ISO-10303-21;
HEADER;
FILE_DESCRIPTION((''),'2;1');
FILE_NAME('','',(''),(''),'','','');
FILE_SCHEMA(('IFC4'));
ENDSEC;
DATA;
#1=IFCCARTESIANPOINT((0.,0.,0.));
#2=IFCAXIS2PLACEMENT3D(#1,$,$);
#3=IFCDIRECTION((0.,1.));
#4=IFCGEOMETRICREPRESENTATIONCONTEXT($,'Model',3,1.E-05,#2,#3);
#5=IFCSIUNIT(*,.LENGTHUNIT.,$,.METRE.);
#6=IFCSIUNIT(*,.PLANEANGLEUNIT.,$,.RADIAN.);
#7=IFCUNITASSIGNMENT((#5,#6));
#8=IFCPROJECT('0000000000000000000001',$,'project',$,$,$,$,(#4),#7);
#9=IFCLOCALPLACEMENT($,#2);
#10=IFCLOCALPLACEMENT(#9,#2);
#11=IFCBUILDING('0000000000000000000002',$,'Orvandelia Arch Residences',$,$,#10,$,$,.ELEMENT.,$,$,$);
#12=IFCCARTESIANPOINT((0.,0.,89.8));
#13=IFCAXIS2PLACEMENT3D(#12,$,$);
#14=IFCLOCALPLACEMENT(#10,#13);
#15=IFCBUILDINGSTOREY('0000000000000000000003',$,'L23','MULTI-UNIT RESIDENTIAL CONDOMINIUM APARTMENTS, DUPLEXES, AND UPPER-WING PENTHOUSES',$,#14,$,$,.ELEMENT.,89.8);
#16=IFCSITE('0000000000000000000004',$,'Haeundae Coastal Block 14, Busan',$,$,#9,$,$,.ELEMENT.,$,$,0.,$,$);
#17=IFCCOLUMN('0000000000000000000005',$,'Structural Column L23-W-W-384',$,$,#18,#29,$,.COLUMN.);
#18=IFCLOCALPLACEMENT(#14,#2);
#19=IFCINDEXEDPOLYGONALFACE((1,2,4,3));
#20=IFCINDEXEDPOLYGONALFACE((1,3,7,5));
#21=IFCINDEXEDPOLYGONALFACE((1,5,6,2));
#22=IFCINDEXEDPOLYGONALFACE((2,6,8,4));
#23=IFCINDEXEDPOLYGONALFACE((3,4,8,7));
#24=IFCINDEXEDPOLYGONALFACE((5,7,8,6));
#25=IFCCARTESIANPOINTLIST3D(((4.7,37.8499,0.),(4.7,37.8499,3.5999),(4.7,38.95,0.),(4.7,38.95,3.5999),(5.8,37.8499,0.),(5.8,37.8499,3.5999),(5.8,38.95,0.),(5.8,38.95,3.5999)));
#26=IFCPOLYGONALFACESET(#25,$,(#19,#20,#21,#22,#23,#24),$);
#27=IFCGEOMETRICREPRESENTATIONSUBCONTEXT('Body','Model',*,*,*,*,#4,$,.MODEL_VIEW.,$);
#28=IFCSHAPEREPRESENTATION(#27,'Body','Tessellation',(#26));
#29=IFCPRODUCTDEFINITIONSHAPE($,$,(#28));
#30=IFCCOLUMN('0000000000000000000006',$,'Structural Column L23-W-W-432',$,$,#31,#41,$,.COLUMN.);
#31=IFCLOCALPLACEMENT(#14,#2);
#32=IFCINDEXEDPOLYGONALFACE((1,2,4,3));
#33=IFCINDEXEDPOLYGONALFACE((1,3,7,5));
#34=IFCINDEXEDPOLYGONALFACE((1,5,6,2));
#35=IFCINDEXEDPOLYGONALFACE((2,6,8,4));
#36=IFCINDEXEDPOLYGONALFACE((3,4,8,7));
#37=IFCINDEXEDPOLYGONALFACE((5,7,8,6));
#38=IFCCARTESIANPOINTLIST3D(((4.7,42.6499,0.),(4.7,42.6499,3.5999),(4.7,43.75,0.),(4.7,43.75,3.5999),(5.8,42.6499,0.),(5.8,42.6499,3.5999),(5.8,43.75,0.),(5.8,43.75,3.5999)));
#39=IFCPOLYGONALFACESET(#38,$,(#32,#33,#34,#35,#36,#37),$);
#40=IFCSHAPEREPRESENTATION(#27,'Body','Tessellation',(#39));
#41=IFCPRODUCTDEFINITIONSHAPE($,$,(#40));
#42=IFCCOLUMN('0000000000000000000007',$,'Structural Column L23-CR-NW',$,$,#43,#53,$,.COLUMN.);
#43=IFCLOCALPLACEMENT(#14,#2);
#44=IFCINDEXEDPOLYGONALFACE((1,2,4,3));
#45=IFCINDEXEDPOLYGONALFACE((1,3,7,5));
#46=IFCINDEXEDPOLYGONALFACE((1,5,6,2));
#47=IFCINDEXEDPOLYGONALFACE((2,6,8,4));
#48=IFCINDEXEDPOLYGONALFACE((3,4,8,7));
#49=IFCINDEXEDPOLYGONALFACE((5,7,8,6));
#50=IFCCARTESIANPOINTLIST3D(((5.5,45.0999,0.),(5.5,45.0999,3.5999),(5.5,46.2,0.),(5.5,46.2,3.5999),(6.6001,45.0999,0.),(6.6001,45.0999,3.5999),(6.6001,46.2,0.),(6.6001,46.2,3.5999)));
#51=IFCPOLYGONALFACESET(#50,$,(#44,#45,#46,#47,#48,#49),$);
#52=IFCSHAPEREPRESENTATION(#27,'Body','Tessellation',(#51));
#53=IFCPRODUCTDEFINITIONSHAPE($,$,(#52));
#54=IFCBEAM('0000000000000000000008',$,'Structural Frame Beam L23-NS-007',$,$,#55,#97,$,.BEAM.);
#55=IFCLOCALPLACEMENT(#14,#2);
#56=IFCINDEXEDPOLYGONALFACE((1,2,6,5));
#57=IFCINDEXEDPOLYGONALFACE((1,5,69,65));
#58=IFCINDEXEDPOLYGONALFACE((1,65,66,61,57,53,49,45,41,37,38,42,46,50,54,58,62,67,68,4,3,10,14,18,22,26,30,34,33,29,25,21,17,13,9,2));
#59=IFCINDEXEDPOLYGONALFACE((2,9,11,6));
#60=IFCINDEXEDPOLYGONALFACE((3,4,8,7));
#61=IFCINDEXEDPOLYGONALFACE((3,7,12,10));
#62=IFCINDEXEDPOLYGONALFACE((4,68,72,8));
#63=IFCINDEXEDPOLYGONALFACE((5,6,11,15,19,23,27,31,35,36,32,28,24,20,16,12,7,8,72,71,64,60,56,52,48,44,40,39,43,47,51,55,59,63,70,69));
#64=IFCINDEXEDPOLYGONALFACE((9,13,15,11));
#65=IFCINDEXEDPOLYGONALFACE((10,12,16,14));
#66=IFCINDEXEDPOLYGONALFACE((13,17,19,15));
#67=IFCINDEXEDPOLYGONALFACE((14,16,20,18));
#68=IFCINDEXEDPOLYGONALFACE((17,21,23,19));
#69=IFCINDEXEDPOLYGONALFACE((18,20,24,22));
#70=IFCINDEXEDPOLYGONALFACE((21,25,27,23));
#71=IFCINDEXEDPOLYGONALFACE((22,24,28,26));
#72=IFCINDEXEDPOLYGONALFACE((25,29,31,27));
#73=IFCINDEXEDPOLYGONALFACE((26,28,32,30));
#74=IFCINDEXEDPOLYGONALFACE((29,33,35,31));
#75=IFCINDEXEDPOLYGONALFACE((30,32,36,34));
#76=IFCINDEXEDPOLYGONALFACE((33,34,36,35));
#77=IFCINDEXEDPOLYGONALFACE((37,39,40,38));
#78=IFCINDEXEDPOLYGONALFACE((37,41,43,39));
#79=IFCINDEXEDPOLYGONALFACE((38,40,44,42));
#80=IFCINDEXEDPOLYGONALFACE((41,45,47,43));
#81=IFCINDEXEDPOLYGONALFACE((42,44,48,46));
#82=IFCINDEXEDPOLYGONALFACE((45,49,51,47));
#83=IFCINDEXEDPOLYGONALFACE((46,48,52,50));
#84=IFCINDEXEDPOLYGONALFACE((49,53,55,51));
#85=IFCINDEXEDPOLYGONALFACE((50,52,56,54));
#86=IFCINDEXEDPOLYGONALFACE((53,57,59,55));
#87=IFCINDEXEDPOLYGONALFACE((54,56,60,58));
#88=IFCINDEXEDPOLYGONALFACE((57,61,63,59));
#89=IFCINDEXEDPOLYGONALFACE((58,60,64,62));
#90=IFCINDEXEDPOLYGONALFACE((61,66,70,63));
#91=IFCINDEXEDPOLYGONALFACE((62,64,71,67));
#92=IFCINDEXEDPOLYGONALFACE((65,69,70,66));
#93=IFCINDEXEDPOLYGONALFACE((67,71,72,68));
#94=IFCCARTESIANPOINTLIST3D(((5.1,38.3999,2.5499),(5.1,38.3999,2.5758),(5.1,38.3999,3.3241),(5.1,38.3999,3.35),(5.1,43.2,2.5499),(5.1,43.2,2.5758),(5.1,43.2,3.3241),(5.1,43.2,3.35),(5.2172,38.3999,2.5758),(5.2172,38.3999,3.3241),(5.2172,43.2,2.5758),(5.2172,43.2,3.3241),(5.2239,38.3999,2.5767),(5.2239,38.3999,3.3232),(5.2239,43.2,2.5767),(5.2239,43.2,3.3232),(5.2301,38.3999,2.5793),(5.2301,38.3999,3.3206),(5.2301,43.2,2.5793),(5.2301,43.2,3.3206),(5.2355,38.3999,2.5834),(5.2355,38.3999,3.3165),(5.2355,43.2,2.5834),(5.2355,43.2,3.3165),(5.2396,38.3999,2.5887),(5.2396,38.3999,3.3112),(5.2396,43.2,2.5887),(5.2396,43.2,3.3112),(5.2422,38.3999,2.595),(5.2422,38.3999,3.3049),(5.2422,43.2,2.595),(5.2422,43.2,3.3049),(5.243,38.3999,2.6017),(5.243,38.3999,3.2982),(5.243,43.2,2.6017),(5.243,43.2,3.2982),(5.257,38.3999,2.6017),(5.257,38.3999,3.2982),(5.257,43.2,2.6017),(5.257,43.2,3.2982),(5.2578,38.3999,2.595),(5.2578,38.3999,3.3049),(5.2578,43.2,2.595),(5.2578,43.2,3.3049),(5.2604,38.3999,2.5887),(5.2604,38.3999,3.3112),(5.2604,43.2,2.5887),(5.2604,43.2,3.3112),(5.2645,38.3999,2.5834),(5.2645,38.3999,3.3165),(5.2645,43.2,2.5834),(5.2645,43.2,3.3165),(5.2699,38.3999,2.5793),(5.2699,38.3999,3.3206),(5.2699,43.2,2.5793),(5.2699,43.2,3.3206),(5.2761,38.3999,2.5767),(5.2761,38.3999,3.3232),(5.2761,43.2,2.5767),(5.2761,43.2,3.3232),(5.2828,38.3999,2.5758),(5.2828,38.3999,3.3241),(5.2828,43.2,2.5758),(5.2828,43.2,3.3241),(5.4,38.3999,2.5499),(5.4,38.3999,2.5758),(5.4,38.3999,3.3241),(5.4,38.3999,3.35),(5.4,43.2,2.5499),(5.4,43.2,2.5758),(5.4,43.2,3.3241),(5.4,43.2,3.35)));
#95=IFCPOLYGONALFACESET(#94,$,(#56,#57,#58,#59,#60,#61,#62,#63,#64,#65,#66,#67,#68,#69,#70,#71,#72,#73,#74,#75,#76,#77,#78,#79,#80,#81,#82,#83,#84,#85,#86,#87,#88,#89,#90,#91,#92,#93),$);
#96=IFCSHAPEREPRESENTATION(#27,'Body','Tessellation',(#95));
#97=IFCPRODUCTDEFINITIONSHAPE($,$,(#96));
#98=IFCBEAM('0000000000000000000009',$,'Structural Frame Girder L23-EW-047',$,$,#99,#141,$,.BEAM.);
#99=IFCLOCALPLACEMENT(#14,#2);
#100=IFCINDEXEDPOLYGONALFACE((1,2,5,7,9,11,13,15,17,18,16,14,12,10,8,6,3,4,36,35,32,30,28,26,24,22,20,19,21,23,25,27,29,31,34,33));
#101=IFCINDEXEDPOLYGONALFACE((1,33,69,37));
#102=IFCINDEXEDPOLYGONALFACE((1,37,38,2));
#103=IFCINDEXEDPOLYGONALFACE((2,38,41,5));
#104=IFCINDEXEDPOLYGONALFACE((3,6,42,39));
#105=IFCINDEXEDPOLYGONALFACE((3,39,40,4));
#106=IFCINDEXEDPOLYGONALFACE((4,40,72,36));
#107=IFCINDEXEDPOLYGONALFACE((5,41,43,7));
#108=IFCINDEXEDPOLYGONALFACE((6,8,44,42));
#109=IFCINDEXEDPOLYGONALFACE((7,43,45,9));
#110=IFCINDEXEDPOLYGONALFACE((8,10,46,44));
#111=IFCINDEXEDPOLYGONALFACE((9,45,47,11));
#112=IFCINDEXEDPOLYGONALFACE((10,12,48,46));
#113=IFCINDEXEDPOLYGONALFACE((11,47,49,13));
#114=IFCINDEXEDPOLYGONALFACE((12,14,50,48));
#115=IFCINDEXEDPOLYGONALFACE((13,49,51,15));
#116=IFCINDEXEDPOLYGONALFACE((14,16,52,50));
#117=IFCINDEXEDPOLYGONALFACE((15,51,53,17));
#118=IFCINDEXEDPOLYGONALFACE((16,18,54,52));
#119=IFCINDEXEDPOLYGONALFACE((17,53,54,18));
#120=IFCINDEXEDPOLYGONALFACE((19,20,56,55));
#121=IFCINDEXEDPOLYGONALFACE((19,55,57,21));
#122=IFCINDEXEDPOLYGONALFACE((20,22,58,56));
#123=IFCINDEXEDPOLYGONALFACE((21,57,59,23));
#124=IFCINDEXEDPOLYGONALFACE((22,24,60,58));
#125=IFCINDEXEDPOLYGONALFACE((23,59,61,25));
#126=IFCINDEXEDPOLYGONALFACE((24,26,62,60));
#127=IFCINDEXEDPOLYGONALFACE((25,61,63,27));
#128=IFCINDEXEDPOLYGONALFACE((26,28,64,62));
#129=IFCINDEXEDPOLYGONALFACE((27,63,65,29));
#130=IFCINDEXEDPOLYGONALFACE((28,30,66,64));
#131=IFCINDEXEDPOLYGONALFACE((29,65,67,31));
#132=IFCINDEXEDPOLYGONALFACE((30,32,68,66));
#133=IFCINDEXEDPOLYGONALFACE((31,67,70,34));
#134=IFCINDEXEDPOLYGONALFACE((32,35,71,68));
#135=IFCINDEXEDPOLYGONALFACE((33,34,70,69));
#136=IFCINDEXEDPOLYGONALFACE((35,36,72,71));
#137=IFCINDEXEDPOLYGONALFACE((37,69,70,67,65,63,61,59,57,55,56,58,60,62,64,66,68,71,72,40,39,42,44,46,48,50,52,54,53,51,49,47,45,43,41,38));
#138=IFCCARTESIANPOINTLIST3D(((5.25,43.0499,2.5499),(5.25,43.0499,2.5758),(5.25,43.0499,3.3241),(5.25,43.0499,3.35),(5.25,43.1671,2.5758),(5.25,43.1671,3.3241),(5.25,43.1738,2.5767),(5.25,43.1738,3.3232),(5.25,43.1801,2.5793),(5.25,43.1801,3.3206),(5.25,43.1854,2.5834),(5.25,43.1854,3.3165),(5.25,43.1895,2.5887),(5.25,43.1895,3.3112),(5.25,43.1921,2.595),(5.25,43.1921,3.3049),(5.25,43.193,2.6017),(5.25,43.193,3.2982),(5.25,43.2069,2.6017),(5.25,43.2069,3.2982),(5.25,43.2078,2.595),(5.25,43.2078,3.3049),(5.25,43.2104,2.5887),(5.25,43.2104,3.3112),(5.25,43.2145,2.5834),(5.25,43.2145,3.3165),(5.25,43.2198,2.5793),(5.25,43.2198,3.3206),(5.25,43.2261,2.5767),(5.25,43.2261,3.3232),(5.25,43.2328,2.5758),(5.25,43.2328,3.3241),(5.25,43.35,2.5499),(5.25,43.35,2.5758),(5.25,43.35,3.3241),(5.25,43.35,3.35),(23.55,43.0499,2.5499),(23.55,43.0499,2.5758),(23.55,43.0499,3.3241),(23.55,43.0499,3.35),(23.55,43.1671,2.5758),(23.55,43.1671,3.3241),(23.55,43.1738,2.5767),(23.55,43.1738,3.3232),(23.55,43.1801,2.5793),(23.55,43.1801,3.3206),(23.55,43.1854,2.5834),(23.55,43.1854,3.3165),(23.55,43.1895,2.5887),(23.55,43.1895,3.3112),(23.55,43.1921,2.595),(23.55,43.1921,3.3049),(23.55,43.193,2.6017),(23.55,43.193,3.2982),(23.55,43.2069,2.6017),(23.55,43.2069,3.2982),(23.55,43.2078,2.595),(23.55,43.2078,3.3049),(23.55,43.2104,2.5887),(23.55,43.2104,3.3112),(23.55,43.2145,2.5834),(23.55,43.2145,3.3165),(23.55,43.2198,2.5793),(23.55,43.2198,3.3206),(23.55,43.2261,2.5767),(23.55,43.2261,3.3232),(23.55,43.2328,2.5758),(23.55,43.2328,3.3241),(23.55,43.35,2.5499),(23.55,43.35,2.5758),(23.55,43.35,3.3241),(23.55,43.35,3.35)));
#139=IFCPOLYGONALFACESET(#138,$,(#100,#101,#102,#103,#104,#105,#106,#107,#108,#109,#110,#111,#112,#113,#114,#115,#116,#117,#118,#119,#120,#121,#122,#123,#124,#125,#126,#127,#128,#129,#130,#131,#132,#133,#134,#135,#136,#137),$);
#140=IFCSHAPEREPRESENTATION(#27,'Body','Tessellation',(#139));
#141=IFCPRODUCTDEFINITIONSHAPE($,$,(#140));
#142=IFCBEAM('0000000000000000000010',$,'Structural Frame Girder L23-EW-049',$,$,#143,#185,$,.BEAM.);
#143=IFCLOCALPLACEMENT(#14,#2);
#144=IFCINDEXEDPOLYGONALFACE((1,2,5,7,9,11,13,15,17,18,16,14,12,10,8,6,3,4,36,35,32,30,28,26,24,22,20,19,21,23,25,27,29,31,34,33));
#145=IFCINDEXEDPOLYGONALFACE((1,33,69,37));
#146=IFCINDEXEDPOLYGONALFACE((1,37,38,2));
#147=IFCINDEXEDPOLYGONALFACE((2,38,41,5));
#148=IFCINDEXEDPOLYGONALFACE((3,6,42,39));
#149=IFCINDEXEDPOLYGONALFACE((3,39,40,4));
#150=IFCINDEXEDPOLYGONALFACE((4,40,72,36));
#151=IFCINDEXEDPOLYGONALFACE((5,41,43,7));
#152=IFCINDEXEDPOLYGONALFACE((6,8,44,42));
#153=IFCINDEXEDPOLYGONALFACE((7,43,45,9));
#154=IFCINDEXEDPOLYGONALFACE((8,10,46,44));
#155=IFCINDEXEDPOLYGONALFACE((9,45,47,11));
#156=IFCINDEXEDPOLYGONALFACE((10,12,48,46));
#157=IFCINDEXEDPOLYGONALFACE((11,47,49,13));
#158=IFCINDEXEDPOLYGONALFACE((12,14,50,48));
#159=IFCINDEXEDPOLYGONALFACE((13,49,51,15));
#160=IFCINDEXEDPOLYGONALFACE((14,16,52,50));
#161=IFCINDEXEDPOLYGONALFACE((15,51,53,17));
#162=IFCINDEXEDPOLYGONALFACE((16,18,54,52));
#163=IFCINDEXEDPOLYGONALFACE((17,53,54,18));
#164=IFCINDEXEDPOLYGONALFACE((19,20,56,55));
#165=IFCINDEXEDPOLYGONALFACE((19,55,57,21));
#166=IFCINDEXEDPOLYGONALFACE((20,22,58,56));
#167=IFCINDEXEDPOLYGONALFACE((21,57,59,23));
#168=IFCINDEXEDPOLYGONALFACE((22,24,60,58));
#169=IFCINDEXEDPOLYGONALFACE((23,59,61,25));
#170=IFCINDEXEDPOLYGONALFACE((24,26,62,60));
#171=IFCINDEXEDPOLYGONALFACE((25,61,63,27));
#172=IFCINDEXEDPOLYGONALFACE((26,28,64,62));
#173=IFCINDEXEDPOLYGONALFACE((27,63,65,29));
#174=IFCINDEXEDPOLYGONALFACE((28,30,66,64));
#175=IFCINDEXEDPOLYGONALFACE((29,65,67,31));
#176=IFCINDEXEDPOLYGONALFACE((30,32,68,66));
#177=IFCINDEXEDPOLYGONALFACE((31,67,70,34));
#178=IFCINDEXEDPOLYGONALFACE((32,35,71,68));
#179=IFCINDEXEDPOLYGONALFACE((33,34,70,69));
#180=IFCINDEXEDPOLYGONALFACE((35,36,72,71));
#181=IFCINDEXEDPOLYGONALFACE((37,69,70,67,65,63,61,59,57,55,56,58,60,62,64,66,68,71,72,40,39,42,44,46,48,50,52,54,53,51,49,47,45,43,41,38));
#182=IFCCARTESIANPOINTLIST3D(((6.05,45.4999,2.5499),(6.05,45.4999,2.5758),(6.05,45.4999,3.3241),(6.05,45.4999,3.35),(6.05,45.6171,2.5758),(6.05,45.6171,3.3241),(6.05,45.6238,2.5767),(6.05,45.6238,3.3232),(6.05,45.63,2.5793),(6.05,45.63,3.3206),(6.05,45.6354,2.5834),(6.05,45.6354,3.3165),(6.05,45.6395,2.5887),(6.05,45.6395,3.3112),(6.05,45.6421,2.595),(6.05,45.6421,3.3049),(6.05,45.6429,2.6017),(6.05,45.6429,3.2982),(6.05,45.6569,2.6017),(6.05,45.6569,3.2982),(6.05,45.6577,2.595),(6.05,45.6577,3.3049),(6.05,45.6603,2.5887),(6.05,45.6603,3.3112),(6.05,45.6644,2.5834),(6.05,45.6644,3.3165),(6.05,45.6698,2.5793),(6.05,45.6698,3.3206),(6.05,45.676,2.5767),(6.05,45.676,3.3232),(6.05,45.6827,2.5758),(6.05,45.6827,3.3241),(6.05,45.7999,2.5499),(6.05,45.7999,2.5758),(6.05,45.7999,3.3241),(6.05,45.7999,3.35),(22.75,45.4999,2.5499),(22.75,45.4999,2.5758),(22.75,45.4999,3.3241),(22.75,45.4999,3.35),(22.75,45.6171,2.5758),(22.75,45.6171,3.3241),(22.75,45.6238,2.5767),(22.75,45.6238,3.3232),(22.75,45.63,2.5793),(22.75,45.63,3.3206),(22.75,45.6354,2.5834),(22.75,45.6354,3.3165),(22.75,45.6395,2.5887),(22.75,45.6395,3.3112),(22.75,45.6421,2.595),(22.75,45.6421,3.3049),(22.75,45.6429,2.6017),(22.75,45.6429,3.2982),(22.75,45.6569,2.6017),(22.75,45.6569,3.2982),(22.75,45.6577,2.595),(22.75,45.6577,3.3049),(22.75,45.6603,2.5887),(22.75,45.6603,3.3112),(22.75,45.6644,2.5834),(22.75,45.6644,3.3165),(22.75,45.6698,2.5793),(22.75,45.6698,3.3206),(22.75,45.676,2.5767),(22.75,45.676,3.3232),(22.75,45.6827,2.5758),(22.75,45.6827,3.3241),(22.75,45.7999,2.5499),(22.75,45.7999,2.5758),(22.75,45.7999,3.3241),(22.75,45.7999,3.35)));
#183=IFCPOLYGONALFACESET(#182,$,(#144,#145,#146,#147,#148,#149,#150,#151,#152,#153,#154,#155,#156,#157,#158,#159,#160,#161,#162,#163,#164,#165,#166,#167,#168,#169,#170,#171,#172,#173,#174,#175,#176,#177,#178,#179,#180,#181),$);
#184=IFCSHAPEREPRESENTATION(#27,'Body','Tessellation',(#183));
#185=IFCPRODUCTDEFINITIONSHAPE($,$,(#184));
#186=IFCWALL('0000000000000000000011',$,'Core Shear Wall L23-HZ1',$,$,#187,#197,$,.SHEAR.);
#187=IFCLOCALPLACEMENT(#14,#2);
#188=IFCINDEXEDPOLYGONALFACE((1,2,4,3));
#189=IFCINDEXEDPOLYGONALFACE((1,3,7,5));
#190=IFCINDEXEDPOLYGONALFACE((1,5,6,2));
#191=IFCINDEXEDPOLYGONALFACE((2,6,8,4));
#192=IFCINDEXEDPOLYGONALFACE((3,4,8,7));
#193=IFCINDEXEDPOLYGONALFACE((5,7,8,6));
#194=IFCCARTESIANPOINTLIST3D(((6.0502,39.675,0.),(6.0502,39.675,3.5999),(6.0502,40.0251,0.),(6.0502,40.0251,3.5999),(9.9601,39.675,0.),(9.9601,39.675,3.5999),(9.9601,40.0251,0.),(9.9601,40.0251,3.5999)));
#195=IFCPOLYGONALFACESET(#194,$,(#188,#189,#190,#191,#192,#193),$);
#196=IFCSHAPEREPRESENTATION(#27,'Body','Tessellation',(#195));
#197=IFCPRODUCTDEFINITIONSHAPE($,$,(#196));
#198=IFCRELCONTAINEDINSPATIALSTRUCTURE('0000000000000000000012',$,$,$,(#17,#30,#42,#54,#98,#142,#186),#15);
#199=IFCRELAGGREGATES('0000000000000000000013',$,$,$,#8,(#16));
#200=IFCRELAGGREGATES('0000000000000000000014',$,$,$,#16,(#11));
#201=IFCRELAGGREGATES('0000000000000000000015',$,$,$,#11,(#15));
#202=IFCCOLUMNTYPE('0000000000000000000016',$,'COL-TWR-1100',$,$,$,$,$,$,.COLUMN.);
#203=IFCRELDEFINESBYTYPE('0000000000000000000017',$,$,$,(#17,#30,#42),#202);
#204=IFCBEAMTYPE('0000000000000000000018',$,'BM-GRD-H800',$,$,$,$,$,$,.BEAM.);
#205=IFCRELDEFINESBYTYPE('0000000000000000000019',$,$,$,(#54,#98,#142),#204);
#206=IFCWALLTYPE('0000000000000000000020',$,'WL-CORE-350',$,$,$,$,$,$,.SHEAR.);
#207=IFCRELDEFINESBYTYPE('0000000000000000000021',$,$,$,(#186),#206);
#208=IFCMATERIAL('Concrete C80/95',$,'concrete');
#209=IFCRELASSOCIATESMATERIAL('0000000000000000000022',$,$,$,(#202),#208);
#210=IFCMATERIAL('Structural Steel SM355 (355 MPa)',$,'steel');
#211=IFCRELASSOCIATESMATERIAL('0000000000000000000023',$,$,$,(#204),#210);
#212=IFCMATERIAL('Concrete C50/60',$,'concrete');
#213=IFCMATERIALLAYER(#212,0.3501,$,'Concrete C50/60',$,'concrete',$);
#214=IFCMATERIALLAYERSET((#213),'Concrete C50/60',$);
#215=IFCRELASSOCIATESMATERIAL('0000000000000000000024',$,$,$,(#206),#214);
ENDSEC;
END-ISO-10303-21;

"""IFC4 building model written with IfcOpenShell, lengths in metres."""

from ifc_helpers import new_model, si_unit, direction, frame, frame_2d, origin, origin_2d, place, context, subcontext, project, spatial, rectangle, i_section, extrude, material, layer, layer_set, material_profile, profile_set, type_object, element, save


model = new_model("IFC4")

# Units and contexts
model_context = context("Model", 3, precision=1e-05, world=origin(), true_north=direction((0.0, 1.0)))
body_context = subcontext(model_context, "Body", "Model", "MODEL_VIEW")
ifc_project = project(units=[si_unit("LENGTHUNIT", "METRE"), si_unit("PLANEANGLEUNIT", "RADIAN")], contexts=[model_context])

# Site, building, storey
site_placement = place(None, origin())
site = spatial("IfcSite", under=ifc_project, at=site_placement, Name="Haeundae Coastal Block 14, Busan", CompositionType="ELEMENT", RefElevation=0.0)
building_placement = place(site_placement, origin())
building = spatial("IfcBuilding", under=site, at=building_placement, Name="Orvandelia Arch Residences", CompositionType="ELEMENT")
storey_placement = place(building_placement, frame((0.0, 0.0, 89.8)))
storey = spatial("IfcBuildingStorey", under=building, at=storey_placement, Name="L23", Description="MULTI-UNIT RESIDENTIAL CONDOMINIUM APARTMENTS, DUPLEXES, AND UPPER-WING PENTHOUSES", CompositionType="ELEMENT", Elevation=89.8)

# Columns
ifc_material_1 = material(Name="Concrete C80/95", Category="concrete")
ifc_material_profile_1 = material_profile(ifc_material_1, rectangle(XDim=1.1001, YDim=1.1001, at=origin_2d()), Name="Concrete C80/95", Category="concrete")
ifc_profile_set_1 = profile_set([ifc_material_profile_1], Name="Concrete C80/95")
column_type = type_object("IfcColumnType", Name="COL-TWR-1100", PredefinedType="COLUMN", material=ifc_profile_set_1)
for number, where, z_axis, x_axis, name in (
    (1, (5.25, 38.3999, 0.0), (0.0, 0.0, 1.0), (1.0, 0.0, 0.0), "Structural Column L23-W-W-384"),
    (2, (5.25, 43.2, 0.0), (0.0, 0.0, 1.0), (1.0, 0.0, 0.0), "Structural Column L23-W-W-432"),
    (3, (6.05, 45.6499, 0.0), (0.0, 0.0, 1.0), (1.0, 0.0, 0.0), "Structural Column L23-CR-NW"),
):
    element("IfcColumn", number, at=place(storey_placement, frame(where, z_axis=z_axis, x_axis=x_axis)), inside=storey, type_object=column_type, Name=name, PredefinedType="COLUMN", context=body_context, shape_type="SweptSolid", body=[
        extrude(rectangle(XDim=1.1001, YDim=1.1001, at=origin_2d()), origin(), (0.0, 0.0, 1.0), 3.5999),
    ])

# Beams
ifc_material_2 = material(Name="Structural Steel SM355 (355 MPa)", Category="steel")
ifc_material_profile_2 = material_profile(ifc_material_2, i_section(OverallWidth=0.3, OverallDepth=0.8, WebThickness=0.0139, FlangeThickness=0.0259, FilletRadius=0.0259, at=origin_2d()), Name="Structural Steel SM355 (355 MPa)", Category="steel")
ifc_profile_set_2 = profile_set([ifc_material_profile_2], Name="Structural Steel SM355 (355 MPa)")
beam_type = type_object("IfcBeamType", Name="BM-GRD-H800", PredefinedType="BEAM", material=ifc_profile_set_2)
beam_1_placement = place(storey_placement, frame((5.25, 38.3999, 2.95), z_axis=(0.0, 1.0, 0.0), x_axis=(-1.0, 0.0, 0.0)))
element("IfcBeam", 4, at=beam_1_placement, inside=storey, type_object=beam_type, Name="Structural Frame Beam L23-NS-007", PredefinedType="BEAM", context=body_context, shape_type="SweptSolid", body=[
    extrude(i_section(OverallWidth=0.3, OverallDepth=0.8, WebThickness=0.0139, FlangeThickness=0.0259, FilletRadius=0.0259, at=origin_2d()), origin(), (0.0, 0.0, 1.0), 4.8),
])
beam_2_placement = place(storey_placement, frame((5.25, 43.2, 2.95), z_axis=(1.0, 0.0, 0.0), x_axis=(0.0, 1.0, 0.0)))
element("IfcBeam", 5, at=beam_2_placement, inside=storey, type_object=beam_type, Name="Structural Frame Girder L23-EW-047", PredefinedType="BEAM", context=body_context, shape_type="SweptSolid", body=[
    extrude(i_section(OverallWidth=0.3, OverallDepth=0.8, WebThickness=0.0139, FlangeThickness=0.0259, FilletRadius=0.0259, at=origin_2d()), origin(), (0.0, 0.0, 1.0), 18.3),
])
beam_3_placement = place(storey_placement, frame((6.05, 45.6499, 2.95), z_axis=(1.0, 0.0, 0.0), x_axis=(0.0, 1.0, 0.0)))
element("IfcBeam", 6, at=beam_3_placement, inside=storey, type_object=beam_type, Name="Structural Frame Girder L23-EW-049", PredefinedType="BEAM", context=body_context, shape_type="SweptSolid", body=[
    extrude(i_section(OverallWidth=0.3, OverallDepth=0.8, WebThickness=0.0139, FlangeThickness=0.0259, FilletRadius=0.0259, at=origin_2d()), origin(), (0.0, 0.0, 1.0), 16.7),
])

# Wall
ifc_material_3 = material(Name="Concrete C50/60", Category="concrete")
ifc_layer_1 = layer(ifc_material_3, 0.3501, Name="Concrete C50/60", Category="concrete")
ifc_layer_set_1 = layer_set([ifc_layer_1], Name="Concrete C50/60")
wall_type_1 = type_object("IfcWallType", Name="WL-CORE-350", PredefinedType="SHEAR", material=ifc_layer_set_1)
wall_1_placement = place(storey_placement, frame((6.05, 39.8501, 0.0), z_axis=(0.0, 0.0, 1.0), x_axis=(1.0, 0.0, 0.0)))
element("IfcWall", 7, at=wall_1_placement, inside=storey, type_object=wall_type_1, Name="Core Shear Wall L23-HZ1", PredefinedType="SHEAR", context=body_context, shape_type="SweptSolid", body=[
    extrude(rectangle(XDim=3.9099, YDim=0.3501, at=frame_2d((1.9551, 0.0))), origin(), (0.0, 0.0, 1.0), 3.5999),
])

save(model, "model.ifc")
